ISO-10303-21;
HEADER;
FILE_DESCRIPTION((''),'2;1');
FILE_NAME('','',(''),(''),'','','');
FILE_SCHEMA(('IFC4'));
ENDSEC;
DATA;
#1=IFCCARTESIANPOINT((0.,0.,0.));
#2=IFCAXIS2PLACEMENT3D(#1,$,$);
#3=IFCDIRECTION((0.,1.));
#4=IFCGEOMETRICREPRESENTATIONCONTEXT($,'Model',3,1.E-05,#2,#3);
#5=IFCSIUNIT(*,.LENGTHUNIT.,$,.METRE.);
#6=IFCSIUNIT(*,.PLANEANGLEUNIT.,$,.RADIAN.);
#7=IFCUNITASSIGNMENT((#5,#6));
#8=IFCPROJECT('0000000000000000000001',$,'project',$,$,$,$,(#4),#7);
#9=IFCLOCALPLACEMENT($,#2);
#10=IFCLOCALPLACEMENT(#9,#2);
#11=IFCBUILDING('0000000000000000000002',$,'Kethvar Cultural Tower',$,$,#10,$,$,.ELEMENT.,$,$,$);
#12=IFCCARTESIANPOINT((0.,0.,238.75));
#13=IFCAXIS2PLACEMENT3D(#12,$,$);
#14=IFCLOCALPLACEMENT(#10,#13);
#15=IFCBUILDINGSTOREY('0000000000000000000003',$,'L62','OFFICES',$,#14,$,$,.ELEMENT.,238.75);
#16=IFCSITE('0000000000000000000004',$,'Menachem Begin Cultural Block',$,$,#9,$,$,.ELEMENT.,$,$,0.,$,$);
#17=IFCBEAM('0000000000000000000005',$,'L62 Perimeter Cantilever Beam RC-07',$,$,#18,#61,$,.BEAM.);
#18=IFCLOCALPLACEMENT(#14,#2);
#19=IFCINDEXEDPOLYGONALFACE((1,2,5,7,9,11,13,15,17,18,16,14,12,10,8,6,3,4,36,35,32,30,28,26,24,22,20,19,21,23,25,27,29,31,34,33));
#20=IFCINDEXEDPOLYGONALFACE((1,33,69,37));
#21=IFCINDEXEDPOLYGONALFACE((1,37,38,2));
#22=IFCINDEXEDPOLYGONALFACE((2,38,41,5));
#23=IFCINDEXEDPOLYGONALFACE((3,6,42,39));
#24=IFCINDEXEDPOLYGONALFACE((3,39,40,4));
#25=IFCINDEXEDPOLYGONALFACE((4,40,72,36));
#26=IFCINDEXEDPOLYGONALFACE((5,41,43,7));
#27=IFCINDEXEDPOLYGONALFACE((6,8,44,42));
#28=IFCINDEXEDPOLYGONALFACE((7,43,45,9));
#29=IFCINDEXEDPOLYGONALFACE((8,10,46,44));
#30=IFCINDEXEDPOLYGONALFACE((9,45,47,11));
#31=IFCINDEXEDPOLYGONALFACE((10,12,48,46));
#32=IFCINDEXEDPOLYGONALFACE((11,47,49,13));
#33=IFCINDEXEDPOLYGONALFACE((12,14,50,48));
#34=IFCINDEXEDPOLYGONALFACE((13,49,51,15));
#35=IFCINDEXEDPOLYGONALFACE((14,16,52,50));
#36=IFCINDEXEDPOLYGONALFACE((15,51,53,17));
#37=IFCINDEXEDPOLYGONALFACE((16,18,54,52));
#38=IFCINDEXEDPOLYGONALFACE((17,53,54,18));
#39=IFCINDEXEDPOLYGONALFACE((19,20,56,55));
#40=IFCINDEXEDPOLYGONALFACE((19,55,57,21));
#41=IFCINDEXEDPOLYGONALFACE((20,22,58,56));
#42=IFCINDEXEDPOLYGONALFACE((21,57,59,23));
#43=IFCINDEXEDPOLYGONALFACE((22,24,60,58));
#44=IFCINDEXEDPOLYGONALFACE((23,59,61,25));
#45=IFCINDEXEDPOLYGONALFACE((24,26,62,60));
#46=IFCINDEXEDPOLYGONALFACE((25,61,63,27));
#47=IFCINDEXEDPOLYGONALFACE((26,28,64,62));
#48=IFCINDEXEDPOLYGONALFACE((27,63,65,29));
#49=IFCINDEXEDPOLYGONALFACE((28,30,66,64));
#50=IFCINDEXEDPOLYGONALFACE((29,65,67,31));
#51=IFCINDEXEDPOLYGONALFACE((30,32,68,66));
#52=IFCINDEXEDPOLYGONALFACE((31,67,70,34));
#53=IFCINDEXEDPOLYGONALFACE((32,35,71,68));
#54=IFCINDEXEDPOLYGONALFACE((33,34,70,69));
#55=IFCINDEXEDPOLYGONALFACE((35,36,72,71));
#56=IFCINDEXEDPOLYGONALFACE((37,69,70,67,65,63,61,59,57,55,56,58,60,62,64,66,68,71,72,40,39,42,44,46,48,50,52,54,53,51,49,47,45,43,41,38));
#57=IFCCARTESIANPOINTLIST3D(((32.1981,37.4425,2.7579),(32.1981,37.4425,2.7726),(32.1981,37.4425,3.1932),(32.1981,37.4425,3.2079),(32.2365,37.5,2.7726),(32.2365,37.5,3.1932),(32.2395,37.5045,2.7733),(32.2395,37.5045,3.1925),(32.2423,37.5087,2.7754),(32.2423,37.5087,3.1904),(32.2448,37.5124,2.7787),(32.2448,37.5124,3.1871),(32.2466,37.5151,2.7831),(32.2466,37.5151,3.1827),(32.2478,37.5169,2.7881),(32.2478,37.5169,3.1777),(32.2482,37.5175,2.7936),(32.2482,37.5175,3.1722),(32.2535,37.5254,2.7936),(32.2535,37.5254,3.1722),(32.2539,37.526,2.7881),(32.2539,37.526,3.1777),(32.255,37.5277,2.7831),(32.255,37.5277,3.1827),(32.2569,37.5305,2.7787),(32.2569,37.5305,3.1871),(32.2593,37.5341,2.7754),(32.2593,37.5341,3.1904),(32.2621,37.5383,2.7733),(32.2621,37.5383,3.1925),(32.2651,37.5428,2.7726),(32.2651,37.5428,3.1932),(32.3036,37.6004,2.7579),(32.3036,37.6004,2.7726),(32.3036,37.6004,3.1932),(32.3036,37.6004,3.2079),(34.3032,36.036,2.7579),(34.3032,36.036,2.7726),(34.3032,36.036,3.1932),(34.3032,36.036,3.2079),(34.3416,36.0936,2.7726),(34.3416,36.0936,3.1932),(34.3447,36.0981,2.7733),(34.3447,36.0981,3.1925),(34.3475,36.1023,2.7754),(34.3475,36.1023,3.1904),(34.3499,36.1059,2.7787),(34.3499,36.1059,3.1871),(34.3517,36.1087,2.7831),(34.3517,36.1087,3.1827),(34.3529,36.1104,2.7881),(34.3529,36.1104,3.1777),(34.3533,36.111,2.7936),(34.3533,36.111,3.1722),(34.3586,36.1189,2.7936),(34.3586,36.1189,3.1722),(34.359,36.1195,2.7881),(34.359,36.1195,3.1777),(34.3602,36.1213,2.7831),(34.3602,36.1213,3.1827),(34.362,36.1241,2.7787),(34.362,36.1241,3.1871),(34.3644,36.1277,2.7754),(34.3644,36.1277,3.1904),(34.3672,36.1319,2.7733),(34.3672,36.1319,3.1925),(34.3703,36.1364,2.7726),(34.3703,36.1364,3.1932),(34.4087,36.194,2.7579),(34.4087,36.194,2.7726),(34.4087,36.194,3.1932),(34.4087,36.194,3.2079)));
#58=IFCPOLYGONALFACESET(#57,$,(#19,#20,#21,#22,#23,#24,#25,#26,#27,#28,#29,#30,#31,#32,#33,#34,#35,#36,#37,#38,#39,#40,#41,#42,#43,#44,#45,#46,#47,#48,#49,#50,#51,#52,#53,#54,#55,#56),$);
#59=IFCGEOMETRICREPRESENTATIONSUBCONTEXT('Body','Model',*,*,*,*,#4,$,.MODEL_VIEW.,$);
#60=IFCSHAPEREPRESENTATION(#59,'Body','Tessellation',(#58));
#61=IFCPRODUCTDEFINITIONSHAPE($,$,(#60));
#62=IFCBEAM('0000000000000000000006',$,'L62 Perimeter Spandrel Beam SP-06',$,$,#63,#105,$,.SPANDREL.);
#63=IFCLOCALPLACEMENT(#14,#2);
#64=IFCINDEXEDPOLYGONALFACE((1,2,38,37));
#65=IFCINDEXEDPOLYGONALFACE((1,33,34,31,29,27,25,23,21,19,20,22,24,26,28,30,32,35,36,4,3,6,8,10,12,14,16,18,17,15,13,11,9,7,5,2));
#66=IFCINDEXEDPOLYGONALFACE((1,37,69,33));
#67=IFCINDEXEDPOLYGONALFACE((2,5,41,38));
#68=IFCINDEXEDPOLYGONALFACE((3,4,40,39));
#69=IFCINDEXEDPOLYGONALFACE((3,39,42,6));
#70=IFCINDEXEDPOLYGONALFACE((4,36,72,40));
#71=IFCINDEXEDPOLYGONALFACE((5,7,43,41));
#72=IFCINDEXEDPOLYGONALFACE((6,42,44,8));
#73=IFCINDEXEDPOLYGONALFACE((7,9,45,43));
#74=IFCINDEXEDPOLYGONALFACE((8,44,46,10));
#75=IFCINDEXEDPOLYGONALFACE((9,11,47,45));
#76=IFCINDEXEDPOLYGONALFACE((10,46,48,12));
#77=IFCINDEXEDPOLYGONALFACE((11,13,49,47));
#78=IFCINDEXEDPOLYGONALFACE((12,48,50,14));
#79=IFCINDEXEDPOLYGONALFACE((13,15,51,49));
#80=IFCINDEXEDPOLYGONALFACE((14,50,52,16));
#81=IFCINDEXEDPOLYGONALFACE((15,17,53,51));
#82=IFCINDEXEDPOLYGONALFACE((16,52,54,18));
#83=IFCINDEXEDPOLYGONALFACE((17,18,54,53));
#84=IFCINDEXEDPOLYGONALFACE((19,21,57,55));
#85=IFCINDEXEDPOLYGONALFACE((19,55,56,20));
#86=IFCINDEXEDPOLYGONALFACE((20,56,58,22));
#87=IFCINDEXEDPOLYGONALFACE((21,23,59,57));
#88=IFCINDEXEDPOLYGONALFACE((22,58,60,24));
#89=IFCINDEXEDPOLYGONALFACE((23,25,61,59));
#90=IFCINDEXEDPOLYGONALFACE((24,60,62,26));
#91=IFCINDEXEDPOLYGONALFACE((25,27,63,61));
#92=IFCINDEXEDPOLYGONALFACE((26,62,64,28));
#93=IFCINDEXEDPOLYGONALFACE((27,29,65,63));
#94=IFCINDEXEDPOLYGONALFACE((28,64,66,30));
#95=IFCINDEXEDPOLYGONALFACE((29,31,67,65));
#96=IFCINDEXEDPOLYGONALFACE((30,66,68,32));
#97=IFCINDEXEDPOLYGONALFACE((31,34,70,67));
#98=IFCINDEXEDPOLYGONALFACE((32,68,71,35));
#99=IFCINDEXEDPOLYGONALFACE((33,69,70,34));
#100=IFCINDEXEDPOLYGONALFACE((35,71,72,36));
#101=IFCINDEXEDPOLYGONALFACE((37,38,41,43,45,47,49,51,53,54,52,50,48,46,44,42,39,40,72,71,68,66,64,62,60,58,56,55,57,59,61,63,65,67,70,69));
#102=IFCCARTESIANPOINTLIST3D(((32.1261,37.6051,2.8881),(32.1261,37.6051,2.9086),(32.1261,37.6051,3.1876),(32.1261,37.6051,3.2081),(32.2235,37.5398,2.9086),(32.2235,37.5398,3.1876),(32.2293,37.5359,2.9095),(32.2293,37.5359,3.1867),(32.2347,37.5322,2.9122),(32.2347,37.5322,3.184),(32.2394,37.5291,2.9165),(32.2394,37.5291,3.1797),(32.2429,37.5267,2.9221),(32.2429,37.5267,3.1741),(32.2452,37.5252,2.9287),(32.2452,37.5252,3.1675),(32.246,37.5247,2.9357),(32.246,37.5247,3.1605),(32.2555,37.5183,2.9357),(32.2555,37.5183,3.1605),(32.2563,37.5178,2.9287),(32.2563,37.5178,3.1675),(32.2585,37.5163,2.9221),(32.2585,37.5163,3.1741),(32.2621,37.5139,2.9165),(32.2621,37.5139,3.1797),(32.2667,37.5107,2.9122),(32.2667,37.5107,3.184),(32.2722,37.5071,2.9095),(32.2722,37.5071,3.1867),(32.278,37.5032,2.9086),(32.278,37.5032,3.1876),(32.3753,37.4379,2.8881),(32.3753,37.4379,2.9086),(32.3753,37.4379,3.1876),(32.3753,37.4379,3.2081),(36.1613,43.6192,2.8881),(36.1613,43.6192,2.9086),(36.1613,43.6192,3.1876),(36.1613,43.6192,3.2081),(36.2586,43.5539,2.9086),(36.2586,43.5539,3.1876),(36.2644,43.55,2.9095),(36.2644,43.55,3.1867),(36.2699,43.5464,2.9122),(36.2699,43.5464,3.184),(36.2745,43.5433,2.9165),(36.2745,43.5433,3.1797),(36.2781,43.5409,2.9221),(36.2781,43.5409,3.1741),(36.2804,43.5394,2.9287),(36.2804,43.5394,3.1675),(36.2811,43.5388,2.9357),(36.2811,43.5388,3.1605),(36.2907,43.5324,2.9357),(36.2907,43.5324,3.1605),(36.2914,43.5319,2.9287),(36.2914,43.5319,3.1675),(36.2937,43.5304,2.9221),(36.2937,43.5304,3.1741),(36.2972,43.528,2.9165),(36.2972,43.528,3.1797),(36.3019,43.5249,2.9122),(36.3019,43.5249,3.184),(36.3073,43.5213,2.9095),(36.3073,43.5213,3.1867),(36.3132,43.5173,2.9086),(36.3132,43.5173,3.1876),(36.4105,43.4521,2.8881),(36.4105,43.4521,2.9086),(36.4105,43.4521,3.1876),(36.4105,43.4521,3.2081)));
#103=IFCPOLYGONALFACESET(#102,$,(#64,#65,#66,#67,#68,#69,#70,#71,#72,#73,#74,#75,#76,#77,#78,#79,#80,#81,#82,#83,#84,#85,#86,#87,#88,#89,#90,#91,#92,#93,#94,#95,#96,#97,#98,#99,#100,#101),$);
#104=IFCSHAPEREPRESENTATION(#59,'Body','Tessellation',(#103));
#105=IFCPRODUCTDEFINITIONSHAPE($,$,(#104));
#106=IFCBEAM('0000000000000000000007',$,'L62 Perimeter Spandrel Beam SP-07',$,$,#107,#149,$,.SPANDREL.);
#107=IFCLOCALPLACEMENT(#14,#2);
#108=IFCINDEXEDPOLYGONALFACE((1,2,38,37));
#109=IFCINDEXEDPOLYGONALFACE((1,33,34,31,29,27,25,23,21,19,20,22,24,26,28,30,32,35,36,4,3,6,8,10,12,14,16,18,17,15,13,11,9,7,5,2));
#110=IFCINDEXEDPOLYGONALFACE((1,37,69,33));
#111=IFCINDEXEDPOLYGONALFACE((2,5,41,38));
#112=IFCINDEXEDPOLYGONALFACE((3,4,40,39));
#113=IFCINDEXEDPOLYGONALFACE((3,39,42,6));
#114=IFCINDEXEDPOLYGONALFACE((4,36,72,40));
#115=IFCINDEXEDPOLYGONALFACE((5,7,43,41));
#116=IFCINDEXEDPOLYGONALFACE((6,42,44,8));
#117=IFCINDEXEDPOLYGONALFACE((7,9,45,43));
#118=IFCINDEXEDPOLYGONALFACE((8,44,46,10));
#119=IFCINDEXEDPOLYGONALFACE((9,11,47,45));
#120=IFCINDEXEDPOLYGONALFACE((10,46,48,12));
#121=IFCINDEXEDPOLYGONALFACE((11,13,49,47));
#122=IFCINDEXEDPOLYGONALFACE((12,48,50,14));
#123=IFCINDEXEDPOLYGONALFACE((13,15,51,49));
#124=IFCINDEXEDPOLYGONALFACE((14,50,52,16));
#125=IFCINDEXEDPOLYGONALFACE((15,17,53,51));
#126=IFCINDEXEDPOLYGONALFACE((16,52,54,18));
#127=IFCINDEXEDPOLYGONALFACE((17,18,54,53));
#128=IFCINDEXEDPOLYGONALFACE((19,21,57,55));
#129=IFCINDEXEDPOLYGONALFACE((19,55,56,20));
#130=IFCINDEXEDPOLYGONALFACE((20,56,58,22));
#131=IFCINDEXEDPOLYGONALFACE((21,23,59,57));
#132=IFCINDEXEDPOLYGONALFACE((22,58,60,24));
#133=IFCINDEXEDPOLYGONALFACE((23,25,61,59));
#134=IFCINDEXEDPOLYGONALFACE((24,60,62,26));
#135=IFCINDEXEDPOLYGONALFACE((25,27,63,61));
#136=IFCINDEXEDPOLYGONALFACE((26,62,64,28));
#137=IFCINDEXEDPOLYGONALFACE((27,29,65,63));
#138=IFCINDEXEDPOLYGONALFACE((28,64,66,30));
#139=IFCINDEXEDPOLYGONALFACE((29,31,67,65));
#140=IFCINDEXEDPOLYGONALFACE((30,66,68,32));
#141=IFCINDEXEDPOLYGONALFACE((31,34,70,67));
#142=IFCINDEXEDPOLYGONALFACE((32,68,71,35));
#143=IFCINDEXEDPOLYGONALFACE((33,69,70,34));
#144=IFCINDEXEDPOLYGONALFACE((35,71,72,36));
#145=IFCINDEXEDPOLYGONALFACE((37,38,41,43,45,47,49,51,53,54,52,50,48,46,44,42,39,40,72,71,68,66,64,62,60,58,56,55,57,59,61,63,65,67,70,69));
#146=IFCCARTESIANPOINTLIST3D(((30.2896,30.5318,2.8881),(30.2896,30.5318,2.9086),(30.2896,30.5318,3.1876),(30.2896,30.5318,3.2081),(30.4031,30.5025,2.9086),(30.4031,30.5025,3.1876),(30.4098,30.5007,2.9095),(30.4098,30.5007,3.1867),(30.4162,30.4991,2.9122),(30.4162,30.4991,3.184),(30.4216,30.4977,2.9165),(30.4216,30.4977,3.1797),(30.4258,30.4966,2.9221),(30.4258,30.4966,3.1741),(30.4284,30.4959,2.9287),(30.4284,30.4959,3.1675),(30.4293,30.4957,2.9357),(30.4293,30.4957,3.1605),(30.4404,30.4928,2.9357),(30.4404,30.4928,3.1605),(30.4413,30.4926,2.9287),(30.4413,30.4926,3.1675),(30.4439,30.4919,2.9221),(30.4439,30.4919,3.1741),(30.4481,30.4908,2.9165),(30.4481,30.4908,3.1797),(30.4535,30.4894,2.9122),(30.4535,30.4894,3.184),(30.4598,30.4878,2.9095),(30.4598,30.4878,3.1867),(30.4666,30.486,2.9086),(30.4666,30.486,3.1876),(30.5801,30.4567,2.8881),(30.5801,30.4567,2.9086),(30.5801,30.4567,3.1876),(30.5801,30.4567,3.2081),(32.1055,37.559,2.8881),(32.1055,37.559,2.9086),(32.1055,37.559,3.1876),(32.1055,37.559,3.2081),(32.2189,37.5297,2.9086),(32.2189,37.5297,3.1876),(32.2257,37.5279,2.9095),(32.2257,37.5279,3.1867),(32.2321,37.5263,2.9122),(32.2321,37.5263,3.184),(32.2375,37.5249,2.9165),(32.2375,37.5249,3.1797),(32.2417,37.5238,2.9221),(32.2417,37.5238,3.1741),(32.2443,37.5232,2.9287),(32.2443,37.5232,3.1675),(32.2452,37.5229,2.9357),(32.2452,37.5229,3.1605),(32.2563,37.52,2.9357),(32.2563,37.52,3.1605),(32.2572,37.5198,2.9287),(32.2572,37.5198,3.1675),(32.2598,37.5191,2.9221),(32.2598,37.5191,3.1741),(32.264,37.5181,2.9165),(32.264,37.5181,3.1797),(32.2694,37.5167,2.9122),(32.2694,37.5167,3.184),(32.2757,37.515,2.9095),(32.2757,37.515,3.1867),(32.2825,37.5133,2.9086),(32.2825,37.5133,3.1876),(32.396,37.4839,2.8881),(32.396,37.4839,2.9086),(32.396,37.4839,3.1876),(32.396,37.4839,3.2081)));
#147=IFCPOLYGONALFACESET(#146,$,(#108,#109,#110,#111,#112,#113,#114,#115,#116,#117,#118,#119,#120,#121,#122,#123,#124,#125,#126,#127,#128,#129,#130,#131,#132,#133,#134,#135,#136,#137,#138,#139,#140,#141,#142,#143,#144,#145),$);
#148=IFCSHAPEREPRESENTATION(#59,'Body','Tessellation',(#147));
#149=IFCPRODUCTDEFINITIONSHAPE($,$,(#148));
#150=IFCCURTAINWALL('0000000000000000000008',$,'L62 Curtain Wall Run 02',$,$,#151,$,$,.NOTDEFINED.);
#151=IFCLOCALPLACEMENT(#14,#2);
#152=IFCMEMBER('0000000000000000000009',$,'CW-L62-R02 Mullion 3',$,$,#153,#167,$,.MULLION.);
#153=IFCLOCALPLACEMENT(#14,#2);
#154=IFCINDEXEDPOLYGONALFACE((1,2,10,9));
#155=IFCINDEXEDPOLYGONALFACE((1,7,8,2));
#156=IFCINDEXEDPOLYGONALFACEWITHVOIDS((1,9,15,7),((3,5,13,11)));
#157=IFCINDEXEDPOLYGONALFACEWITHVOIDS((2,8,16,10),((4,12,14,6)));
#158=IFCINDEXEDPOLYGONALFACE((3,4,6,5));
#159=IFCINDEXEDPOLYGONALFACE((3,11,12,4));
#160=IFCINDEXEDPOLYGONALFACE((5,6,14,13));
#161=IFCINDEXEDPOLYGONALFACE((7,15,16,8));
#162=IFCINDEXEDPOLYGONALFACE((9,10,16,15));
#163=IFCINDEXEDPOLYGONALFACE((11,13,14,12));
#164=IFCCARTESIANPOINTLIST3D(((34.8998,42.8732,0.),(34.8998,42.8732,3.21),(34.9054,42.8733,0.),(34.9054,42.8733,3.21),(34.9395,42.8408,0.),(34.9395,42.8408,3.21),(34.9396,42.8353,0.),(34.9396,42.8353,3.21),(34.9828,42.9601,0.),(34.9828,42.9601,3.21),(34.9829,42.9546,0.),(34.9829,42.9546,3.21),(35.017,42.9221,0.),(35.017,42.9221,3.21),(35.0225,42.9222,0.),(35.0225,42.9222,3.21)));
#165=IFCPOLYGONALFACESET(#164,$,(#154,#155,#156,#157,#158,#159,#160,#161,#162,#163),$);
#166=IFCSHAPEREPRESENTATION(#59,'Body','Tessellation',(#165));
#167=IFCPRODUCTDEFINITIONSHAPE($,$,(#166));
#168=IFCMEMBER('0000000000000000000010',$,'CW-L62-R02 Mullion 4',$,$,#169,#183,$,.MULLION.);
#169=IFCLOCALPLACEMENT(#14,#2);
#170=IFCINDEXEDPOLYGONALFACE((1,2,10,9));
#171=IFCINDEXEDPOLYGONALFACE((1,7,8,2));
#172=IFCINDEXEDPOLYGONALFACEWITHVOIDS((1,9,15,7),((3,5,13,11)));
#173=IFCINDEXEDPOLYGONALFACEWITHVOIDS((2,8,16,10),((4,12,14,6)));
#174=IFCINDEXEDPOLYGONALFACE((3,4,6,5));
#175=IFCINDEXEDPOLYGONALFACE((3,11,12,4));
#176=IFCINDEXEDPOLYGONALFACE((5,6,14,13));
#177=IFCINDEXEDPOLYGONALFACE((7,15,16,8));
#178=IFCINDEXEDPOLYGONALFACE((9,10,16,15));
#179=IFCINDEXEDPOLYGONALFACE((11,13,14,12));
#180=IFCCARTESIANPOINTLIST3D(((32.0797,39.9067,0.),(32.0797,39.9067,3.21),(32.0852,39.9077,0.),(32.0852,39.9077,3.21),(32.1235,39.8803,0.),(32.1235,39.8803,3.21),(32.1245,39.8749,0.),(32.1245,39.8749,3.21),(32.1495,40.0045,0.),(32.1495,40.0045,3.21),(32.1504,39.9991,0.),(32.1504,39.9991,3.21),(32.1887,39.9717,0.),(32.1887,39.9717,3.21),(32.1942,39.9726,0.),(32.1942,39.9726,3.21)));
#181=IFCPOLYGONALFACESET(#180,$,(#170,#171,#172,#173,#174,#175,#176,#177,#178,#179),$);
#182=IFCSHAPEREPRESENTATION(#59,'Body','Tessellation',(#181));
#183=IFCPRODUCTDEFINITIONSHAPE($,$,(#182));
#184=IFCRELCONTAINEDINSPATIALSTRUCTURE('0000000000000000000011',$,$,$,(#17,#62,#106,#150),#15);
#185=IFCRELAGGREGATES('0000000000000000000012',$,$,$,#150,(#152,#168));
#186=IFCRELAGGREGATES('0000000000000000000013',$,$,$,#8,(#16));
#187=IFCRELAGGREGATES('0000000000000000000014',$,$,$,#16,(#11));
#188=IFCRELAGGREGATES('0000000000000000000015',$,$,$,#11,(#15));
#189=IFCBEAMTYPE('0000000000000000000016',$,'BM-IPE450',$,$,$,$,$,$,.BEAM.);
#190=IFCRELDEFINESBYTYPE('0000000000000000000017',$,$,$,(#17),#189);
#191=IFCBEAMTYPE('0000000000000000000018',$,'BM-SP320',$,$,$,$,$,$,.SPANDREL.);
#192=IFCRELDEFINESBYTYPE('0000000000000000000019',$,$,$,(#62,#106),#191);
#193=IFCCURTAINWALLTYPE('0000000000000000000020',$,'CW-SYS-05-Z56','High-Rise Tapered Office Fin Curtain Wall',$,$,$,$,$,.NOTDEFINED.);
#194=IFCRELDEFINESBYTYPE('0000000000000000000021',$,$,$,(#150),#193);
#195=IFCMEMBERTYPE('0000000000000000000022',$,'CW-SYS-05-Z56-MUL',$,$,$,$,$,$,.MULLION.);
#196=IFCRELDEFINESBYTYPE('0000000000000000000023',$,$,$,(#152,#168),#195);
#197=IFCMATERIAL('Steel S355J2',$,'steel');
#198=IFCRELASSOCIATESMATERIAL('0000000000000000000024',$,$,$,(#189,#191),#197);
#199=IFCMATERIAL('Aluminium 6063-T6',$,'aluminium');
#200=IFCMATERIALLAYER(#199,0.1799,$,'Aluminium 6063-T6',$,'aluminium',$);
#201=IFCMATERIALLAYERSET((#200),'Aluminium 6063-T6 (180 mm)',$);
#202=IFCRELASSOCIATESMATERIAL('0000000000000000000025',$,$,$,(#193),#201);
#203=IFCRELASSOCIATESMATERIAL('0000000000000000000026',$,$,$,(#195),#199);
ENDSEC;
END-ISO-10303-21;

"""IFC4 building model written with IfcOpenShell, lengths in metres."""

from ifc_helpers import new_model, si_unit, direction, frame, origin, origin_2d, place, context, subcontext, project, spatial, hollow_rectangle, i_section, extrude, source, transform, mapped, material, layer, layer_set, material_profile, profile_set, type_object, element, aggregate, save


model = new_model("IFC4")

# Units and contexts
model_context = context("Model", 3, precision=1e-05, world=origin(), true_north=direction((0.0, 1.0)))
body_context = subcontext(model_context, "Body", "Model", "MODEL_VIEW")
ifc_project = project(units=[si_unit("LENGTHUNIT", "METRE"), si_unit("PLANEANGLEUNIT", "RADIAN")], contexts=[model_context])

# Site, building, storey
site_placement = place(None, origin())
site = spatial("IfcSite", under=ifc_project, at=site_placement, Name="Menachem Begin Cultural Block", CompositionType="ELEMENT", RefElevation=0.0)
building_placement = place(site_placement, origin())
building = spatial("IfcBuilding", under=site, at=building_placement, Name="Kethvar Cultural Tower", CompositionType="ELEMENT")
storey_placement = place(building_placement, frame((0.0, 0.0, 238.75)))
storey = spatial("IfcBuildingStorey", under=building, at=storey_placement, Name="L62", Description="OFFICES", CompositionType="ELEMENT", Elevation=238.75)

# Beams
ifc_material_1 = material(Name="Steel S355J2", Category="steel")
ifc_material_profile_1 = material_profile(ifc_material_1, i_section(OverallWidth=0.1899, OverallDepth=0.45, WebThickness=0.0095, FlangeThickness=0.0146, FilletRadius=0.021, at=origin_2d()), Name="Steel S355J2 — IPE450")
ifc_profile_set_1 = profile_set([ifc_material_profile_1], Name="Steel S355J2 — IPE450")
beam_type_1 = type_object("IfcBeamType", Name="BM-IPE450", PredefinedType="BEAM", material=ifc_profile_set_1)
shared_shape_1 = source(origin(), body_context, "Body", "SweptSolid", [
    extrude(i_section(OverallWidth=0.1899, OverallDepth=0.45, WebThickness=0.0095, FlangeThickness=0.0146, FilletRadius=0.021, at=origin_2d()), origin(), (0.0, 0.0, 1.0), 2.5317),
])
beam_1_placement = place(storey_placement, frame((34.356, 36.115, 2.9829), z_axis=(-0.831501, 0.555523, 0.0), x_axis=(-0.555523, -0.831501, 0.0)))
element("IfcBeam", 1, at=beam_1_placement, inside=storey, type_object=beam_type_1, Name="L62 Perimeter Cantilever Beam RC-07", PredefinedType="BEAM", context=body_context, shape_type="MappedRepresentation", body=[
    mapped(shared_shape_1, transform((0.0, 0.0, 0.0), scale=1.0)),
])
ifc_material_profile_2 = material_profile(ifc_material_1, i_section(OverallWidth=0.3, OverallDepth=0.3201, WebThickness=0.0115, FlangeThickness=0.0205, FilletRadius=0.0271, at=origin_2d()), Name="Steel S355J2 — HEB320")
ifc_profile_set_2 = profile_set([ifc_material_profile_2], Name="Steel S355J2 — HEB320")
beam_type_2 = type_object("IfcBeamType", Name="BM-SP320", PredefinedType="SPANDREL", material=ifc_profile_set_2)
shared_shape_2 = source(origin(), body_context, "Body", "SweptSolid", [
    extrude(i_section(OverallWidth=0.3, OverallDepth=0.3201, WebThickness=0.0115, FlangeThickness=0.0205, FilletRadius=0.0271, at=origin_2d()), origin(), (0.0, 0.0, 1.0), 7.2424),
])
beam_2_placement = place(storey_placement, frame((36.2859, 43.5356, 3.0481), z_axis=(-0.557156, -0.830408, 0.0), x_axis=(0.830408, -0.557156, 0.0)))
element("IfcBeam", 2, at=beam_2_placement, inside=storey, type_object=beam_type_2, Name="L62 Perimeter Spandrel Beam SP-06", PredefinedType="SPANDREL", context=body_context, shape_type="MappedRepresentation", body=[
    mapped(shared_shape_2, transform((0.0, 0.0, 0.0), scale=1.0)),
])
shared_shape_3 = source(origin(), body_context, "Body", "SweptSolid", [
    extrude(i_section(OverallWidth=0.3, OverallDepth=0.3201, WebThickness=0.0115, FlangeThickness=0.0205, FilletRadius=0.0271, at=origin_2d()), origin(), (0.0, 0.0, 1.0), 7.2581),
])
beam_3_placement = place(storey_placement, frame((32.2507, 37.5215, 3.0481), z_axis=(-0.250189, -0.968197, 0.0), x_axis=(0.968197, -0.250189, 0.0)))
element("IfcBeam", 3, at=beam_3_placement, inside=storey, type_object=beam_type_2, Name="L62 Perimeter Spandrel Beam SP-07", PredefinedType="SPANDREL", context=body_context, shape_type="MappedRepresentation", body=[
    mapped(shared_shape_3, transform((0.0, 0.0, 0.0), scale=1.0)),
])

# Curtain wall, members
ifc_material_2 = material(Name="Aluminium 6063-T6", Category="aluminium")
ifc_layer_1 = layer(ifc_material_2, 0.1799, Name="Aluminium 6063-T6", Category="aluminium")
ifc_layer_set_1 = layer_set([ifc_layer_1], Name="Aluminium 6063-T6 (180 mm)")
curtain_wall_type = type_object("IfcCurtainWallType", Name="CW-SYS-05-Z56", Description="High-Rise Tapered Office Fin Curtain Wall", PredefinedType="NOTDEFINED", material=ifc_layer_set_1)
curtain_wall_placement = place(storey_placement, origin())
curtain_wall = element("IfcCurtainWall", 4, at=curtain_wall_placement, inside=storey, type_object=curtain_wall_type, Name="L62 Curtain Wall Run 02", PredefinedType="NOTDEFINED")
ifc_material_profile_3 = material_profile(ifc_material_2, hollow_rectangle(XDim=0.0549, YDim=0.1201, WallThickness=0.0039, at=origin_2d()), Name="Aluminium 6063-T6 — RHS120x55x4")
ifc_profile_set_3 = profile_set([ifc_material_profile_3], Name="Aluminium 6063-T6 — RHS120x55x4")
member_type_1 = type_object("IfcMemberType", Name="CW-SYS-05-Z56-MUL", PredefinedType="MULLION", material=ifc_profile_set_3)
shared_shape_4 = source(origin(), body_context, "Body", "SweptSolid", [
    extrude(hollow_rectangle(XDim=0.0549, YDim=0.1201, WallThickness=0.0039, at=origin_2d()), origin(), (0.0, 0.0, 1.0), 3.21),
])
member_1_placement = place(storey_placement, frame((34.9612, 42.8977, 0.0), z_axis=(0.0, 0.0, 1.0), x_axis=(0.723425, -0.690403, 0.0)))
member_1 = element("IfcMember", 5, at=member_1_placement, type_object=member_type_1, Name="CW-L62-R02 Mullion 3", PredefinedType="MULLION", context=body_context, shape_type="MappedRepresentation", body=[
    mapped(shared_shape_4, transform((0.0, 0.0, 0.0), scale=1.0)),
])
member_2_placement = place(storey_placement, frame((32.137, 39.9397, 0.0), z_axis=(0.0, 0.0, 1.0), x_axis=(0.814146, -0.58066, 0.0)))
member_2 = element("IfcMember", 6, at=member_2_placement, type_object=member_type_1, Name="CW-L62-R02 Mullion 4", PredefinedType="MULLION", context=body_context, shape_type="MappedRepresentation", body=[
    mapped(shared_shape_4, transform((0.0, 0.0, 0.0), scale=1.0)),
])
aggregate(curtain_wall, [member_1, member_2])

save(model, "model.ifc")
